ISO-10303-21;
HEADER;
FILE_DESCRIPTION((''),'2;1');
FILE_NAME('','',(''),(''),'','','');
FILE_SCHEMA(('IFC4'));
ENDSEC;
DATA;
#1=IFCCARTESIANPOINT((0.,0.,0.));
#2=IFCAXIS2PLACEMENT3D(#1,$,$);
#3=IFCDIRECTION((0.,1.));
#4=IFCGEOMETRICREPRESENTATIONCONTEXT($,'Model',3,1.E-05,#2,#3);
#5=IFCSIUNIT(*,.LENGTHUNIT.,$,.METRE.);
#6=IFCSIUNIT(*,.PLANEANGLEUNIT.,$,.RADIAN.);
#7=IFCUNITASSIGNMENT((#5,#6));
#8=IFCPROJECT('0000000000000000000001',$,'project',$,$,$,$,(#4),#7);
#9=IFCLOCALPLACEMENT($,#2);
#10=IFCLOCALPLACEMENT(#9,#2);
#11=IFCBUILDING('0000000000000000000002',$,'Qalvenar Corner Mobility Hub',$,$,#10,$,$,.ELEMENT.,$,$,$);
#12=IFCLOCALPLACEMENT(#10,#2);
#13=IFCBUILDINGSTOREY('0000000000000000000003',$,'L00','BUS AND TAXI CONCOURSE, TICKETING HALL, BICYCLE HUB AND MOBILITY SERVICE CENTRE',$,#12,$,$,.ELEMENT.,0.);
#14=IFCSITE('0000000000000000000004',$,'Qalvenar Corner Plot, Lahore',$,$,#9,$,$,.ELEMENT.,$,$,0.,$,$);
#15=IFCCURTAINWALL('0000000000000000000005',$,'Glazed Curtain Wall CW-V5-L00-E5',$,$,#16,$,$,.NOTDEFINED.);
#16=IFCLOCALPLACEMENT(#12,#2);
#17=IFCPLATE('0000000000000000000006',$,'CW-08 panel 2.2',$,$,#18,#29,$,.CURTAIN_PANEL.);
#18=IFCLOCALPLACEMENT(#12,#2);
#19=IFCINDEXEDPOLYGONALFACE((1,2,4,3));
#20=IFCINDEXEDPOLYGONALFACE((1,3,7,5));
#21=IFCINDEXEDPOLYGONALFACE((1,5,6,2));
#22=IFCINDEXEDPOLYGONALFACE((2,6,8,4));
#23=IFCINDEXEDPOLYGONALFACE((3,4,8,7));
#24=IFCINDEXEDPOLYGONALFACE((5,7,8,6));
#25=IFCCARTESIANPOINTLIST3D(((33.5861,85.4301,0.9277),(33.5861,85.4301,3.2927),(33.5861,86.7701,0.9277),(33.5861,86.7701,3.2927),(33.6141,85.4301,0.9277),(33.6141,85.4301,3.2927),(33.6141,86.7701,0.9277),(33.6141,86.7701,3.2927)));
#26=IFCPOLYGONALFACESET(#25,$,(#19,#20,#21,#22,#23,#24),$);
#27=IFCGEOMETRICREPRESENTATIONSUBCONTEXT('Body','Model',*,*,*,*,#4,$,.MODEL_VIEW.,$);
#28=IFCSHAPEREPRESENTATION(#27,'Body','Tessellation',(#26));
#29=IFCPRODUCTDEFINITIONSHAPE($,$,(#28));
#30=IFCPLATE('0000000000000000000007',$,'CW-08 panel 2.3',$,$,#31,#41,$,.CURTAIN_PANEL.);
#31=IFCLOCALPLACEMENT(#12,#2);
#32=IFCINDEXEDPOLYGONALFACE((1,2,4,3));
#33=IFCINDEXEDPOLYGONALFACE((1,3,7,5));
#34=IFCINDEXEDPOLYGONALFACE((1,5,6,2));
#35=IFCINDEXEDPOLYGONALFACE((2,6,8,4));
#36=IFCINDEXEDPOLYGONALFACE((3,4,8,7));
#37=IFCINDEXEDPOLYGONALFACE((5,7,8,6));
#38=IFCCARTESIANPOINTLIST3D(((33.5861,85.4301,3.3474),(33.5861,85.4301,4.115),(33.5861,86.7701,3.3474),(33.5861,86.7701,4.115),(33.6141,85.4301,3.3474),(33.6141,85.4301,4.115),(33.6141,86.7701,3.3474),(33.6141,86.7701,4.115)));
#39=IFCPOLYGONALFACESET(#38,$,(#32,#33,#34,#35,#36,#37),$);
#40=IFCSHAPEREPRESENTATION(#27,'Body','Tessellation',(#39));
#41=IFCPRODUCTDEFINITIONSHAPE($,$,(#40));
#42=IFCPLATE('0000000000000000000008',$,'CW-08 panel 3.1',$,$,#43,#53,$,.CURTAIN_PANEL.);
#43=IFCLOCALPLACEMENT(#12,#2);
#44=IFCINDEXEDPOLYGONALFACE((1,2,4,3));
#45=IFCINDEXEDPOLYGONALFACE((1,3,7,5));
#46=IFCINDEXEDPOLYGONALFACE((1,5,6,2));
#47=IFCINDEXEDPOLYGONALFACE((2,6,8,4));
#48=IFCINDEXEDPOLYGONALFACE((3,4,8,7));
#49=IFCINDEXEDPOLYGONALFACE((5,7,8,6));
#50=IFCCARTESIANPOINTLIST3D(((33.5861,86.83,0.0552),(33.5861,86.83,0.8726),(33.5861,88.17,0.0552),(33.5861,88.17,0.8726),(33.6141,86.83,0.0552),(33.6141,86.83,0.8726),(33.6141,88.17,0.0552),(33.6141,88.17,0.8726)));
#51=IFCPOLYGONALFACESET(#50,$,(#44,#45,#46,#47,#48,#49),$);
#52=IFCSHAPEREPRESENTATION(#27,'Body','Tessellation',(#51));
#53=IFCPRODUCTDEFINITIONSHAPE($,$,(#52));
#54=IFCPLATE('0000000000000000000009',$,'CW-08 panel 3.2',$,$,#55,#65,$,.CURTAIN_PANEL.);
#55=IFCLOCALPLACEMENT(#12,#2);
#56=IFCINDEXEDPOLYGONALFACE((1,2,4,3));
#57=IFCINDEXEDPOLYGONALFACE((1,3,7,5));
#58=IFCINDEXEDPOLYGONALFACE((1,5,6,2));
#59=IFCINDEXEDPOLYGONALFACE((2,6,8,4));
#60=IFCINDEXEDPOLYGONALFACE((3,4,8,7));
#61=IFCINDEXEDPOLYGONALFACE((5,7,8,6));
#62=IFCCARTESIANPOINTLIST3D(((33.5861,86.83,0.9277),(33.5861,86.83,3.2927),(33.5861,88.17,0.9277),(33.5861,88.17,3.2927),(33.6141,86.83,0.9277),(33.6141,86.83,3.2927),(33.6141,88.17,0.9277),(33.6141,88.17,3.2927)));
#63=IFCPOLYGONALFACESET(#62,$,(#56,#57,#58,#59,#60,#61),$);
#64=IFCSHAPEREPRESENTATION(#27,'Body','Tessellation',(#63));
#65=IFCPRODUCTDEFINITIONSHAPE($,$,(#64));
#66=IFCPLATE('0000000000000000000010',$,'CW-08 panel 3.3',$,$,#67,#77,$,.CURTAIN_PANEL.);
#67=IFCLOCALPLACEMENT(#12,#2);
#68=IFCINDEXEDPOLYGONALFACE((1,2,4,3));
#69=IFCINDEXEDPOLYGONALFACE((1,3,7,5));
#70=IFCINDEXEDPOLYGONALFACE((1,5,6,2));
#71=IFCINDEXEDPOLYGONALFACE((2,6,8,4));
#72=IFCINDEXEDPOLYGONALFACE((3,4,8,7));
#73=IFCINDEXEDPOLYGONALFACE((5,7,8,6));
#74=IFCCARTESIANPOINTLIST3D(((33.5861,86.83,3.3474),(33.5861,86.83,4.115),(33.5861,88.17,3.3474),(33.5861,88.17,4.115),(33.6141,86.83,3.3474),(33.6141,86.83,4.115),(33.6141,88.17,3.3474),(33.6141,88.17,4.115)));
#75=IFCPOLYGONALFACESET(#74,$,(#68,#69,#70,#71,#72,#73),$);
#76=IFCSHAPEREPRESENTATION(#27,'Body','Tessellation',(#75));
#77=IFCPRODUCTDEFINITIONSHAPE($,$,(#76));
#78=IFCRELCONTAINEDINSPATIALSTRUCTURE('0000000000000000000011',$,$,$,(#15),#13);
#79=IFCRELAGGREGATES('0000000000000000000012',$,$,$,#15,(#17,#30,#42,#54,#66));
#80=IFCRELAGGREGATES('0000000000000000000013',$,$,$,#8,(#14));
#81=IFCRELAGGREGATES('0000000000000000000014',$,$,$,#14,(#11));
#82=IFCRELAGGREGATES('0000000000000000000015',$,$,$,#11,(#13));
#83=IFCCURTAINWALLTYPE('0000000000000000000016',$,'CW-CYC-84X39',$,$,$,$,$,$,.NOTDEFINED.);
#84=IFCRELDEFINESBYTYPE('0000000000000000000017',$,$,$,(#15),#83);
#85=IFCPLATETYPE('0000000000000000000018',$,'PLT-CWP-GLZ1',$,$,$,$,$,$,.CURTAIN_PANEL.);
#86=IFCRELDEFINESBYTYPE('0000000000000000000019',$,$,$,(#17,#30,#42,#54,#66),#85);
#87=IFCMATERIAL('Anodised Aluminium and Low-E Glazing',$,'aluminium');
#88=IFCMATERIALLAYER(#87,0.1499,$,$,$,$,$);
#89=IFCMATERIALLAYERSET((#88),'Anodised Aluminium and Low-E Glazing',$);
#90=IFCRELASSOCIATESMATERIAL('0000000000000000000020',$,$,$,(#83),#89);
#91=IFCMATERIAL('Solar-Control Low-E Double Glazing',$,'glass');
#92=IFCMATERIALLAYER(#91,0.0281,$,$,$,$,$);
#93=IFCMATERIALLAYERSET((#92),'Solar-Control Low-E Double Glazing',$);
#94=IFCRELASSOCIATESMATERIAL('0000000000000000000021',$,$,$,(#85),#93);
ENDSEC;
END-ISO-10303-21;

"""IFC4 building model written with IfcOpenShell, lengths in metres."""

from ifc_helpers import new_model, si_unit, direction, frame, origin, origin_2d, place, context, subcontext, project, spatial, rectangle, extrude, material, layer, layer_set, type_object, element, aggregate, save


model = new_model("IFC4")

# Units and contexts
model_context = context("Model", 3, precision=1e-05, world=origin(), true_north=direction((0.0, 1.0)))
body_context = subcontext(model_context, "Body", "Model", "MODEL_VIEW")
ifc_project = project(units=[si_unit("LENGTHUNIT", "METRE"), si_unit("PLANEANGLEUNIT", "RADIAN")], contexts=[model_context])

# Site, building, storey
site_placement = place(None, origin())
site = spatial("IfcSite", under=ifc_project, at=site_placement, Name="Qalvenar Corner Plot, Lahore", CompositionType="ELEMENT", RefElevation=0.0)
building_placement = place(site_placement, origin())
building = spatial("IfcBuilding", under=site, at=building_placement, Name="Qalvenar Corner Mobility Hub", CompositionType="ELEMENT")
storey_placement = place(building_placement, origin())
storey = spatial("IfcBuildingStorey", under=building, at=storey_placement, Name="L00", Description="BUS AND TAXI CONCOURSE, TICKETING HALL, BICYCLE HUB AND MOBILITY SERVICE CENTRE", CompositionType="ELEMENT", Elevation=0.0)

# Curtain wall, plates
ifc_material_1 = material(Name="Anodised Aluminium and Low-E Glazing", Category="aluminium")
ifc_layer_1 = layer(ifc_material_1, 0.1499)
ifc_layer_set_1 = layer_set([ifc_layer_1], Name="Anodised Aluminium and Low-E Glazing")
curtain_wall_type = type_object("IfcCurtainWallType", Name="CW-CYC-84X39", PredefinedType="NOTDEFINED", material=ifc_layer_set_1)
curtain_wall_placement = place(storey_placement, origin())
curtain_wall = element("IfcCurtainWall", 1, at=curtain_wall_placement, inside=storey, type_object=curtain_wall_type, Name="Glazed Curtain Wall CW-V5-L00-E5", PredefinedType="NOTDEFINED")
ifc_material_2 = material(Name="Solar-Control Low-E Double Glazing", Category="glass")
ifc_layer_2 = layer(ifc_material_2, 0.0281)
ifc_layer_set_2 = layer_set([ifc_layer_2], Name="Solar-Control Low-E Double Glazing")
plate_type = type_object("IfcPlateType", Name="PLT-CWP-GLZ1", PredefinedType="CURTAIN_PANEL", material=ifc_layer_set_2)
plate_1_placement = place(storey_placement, frame((33.6001, 86.1001, 0.9277), z_axis=(0.0, 0.0, 1.0), x_axis=(0.0, 1.0, 0.0)))
plate_1 = element("IfcPlate", 2, at=plate_1_placement, type_object=plate_type, Name="CW-08 panel 2.2", PredefinedType="CURTAIN_PANEL", context=body_context, shape_type="SweptSolid", body=[
    extrude(rectangle(XDim=1.3401, YDim=0.0281, at=origin_2d()), origin(), (0.0, 0.0, 1.0), 2.365),
])
plate_2_placement = place(storey_placement, frame((33.6001, 86.1001, 3.3474), z_axis=(0.0, 0.0, 1.0), x_axis=(0.0, 1.0, 0.0)))
plate_2 = element("IfcPlate", 3, at=plate_2_placement, type_object=plate_type, Name="CW-08 panel 2.3", PredefinedType="CURTAIN_PANEL", context=body_context, shape_type="SweptSolid", body=[
    extrude(rectangle(XDim=1.3401, YDim=0.0281, at=origin_2d()), origin(), (0.0, 0.0, 1.0), 0.7676),
])
plate_3_placement = place(storey_placement, frame((33.6001, 87.5, 0.0552), z_axis=(0.0, 0.0, 1.0), x_axis=(0.0, 1.0, 0.0)))
plate_3 = element("IfcPlate", 4, at=plate_3_placement, type_object=plate_type, Name="CW-08 panel 3.1", PredefinedType="CURTAIN_PANEL", context=body_context, shape_type="SweptSolid", body=[
    extrude(rectangle(XDim=1.3401, YDim=0.0281, at=origin_2d()), origin(), (0.0, 0.0, 1.0), 0.8174),
])
plate_4_placement = place(storey_placement, frame((33.6001, 87.5, 0.9277), z_axis=(0.0, 0.0, 1.0), x_axis=(0.0, 1.0, 0.0)))
plate_4 = element("IfcPlate", 5, at=plate_4_placement, type_object=plate_type, Name="CW-08 panel 3.2", PredefinedType="CURTAIN_PANEL", context=body_context, shape_type="SweptSolid", body=[
    extrude(rectangle(XDim=1.3401, YDim=0.0281, at=origin_2d()), origin(), (0.0, 0.0, 1.0), 2.365),
])
plate_5_placement = place(storey_placement, frame((33.6001, 87.5, 3.3474), z_axis=(0.0, 0.0, 1.0), x_axis=(0.0, 1.0, 0.0)))
plate_5 = element("IfcPlate", 6, at=plate_5_placement, type_object=plate_type, Name="CW-08 panel 3.3", PredefinedType="CURTAIN_PANEL", context=body_context, shape_type="SweptSolid", body=[
    extrude(rectangle(XDim=1.3401, YDim=0.0281, at=origin_2d()), origin(), (0.0, 0.0, 1.0), 0.7676),
])
aggregate(curtain_wall, [plate_1, plate_2, plate_3, plate_4, plate_5])

save(model, "model.ifc")
